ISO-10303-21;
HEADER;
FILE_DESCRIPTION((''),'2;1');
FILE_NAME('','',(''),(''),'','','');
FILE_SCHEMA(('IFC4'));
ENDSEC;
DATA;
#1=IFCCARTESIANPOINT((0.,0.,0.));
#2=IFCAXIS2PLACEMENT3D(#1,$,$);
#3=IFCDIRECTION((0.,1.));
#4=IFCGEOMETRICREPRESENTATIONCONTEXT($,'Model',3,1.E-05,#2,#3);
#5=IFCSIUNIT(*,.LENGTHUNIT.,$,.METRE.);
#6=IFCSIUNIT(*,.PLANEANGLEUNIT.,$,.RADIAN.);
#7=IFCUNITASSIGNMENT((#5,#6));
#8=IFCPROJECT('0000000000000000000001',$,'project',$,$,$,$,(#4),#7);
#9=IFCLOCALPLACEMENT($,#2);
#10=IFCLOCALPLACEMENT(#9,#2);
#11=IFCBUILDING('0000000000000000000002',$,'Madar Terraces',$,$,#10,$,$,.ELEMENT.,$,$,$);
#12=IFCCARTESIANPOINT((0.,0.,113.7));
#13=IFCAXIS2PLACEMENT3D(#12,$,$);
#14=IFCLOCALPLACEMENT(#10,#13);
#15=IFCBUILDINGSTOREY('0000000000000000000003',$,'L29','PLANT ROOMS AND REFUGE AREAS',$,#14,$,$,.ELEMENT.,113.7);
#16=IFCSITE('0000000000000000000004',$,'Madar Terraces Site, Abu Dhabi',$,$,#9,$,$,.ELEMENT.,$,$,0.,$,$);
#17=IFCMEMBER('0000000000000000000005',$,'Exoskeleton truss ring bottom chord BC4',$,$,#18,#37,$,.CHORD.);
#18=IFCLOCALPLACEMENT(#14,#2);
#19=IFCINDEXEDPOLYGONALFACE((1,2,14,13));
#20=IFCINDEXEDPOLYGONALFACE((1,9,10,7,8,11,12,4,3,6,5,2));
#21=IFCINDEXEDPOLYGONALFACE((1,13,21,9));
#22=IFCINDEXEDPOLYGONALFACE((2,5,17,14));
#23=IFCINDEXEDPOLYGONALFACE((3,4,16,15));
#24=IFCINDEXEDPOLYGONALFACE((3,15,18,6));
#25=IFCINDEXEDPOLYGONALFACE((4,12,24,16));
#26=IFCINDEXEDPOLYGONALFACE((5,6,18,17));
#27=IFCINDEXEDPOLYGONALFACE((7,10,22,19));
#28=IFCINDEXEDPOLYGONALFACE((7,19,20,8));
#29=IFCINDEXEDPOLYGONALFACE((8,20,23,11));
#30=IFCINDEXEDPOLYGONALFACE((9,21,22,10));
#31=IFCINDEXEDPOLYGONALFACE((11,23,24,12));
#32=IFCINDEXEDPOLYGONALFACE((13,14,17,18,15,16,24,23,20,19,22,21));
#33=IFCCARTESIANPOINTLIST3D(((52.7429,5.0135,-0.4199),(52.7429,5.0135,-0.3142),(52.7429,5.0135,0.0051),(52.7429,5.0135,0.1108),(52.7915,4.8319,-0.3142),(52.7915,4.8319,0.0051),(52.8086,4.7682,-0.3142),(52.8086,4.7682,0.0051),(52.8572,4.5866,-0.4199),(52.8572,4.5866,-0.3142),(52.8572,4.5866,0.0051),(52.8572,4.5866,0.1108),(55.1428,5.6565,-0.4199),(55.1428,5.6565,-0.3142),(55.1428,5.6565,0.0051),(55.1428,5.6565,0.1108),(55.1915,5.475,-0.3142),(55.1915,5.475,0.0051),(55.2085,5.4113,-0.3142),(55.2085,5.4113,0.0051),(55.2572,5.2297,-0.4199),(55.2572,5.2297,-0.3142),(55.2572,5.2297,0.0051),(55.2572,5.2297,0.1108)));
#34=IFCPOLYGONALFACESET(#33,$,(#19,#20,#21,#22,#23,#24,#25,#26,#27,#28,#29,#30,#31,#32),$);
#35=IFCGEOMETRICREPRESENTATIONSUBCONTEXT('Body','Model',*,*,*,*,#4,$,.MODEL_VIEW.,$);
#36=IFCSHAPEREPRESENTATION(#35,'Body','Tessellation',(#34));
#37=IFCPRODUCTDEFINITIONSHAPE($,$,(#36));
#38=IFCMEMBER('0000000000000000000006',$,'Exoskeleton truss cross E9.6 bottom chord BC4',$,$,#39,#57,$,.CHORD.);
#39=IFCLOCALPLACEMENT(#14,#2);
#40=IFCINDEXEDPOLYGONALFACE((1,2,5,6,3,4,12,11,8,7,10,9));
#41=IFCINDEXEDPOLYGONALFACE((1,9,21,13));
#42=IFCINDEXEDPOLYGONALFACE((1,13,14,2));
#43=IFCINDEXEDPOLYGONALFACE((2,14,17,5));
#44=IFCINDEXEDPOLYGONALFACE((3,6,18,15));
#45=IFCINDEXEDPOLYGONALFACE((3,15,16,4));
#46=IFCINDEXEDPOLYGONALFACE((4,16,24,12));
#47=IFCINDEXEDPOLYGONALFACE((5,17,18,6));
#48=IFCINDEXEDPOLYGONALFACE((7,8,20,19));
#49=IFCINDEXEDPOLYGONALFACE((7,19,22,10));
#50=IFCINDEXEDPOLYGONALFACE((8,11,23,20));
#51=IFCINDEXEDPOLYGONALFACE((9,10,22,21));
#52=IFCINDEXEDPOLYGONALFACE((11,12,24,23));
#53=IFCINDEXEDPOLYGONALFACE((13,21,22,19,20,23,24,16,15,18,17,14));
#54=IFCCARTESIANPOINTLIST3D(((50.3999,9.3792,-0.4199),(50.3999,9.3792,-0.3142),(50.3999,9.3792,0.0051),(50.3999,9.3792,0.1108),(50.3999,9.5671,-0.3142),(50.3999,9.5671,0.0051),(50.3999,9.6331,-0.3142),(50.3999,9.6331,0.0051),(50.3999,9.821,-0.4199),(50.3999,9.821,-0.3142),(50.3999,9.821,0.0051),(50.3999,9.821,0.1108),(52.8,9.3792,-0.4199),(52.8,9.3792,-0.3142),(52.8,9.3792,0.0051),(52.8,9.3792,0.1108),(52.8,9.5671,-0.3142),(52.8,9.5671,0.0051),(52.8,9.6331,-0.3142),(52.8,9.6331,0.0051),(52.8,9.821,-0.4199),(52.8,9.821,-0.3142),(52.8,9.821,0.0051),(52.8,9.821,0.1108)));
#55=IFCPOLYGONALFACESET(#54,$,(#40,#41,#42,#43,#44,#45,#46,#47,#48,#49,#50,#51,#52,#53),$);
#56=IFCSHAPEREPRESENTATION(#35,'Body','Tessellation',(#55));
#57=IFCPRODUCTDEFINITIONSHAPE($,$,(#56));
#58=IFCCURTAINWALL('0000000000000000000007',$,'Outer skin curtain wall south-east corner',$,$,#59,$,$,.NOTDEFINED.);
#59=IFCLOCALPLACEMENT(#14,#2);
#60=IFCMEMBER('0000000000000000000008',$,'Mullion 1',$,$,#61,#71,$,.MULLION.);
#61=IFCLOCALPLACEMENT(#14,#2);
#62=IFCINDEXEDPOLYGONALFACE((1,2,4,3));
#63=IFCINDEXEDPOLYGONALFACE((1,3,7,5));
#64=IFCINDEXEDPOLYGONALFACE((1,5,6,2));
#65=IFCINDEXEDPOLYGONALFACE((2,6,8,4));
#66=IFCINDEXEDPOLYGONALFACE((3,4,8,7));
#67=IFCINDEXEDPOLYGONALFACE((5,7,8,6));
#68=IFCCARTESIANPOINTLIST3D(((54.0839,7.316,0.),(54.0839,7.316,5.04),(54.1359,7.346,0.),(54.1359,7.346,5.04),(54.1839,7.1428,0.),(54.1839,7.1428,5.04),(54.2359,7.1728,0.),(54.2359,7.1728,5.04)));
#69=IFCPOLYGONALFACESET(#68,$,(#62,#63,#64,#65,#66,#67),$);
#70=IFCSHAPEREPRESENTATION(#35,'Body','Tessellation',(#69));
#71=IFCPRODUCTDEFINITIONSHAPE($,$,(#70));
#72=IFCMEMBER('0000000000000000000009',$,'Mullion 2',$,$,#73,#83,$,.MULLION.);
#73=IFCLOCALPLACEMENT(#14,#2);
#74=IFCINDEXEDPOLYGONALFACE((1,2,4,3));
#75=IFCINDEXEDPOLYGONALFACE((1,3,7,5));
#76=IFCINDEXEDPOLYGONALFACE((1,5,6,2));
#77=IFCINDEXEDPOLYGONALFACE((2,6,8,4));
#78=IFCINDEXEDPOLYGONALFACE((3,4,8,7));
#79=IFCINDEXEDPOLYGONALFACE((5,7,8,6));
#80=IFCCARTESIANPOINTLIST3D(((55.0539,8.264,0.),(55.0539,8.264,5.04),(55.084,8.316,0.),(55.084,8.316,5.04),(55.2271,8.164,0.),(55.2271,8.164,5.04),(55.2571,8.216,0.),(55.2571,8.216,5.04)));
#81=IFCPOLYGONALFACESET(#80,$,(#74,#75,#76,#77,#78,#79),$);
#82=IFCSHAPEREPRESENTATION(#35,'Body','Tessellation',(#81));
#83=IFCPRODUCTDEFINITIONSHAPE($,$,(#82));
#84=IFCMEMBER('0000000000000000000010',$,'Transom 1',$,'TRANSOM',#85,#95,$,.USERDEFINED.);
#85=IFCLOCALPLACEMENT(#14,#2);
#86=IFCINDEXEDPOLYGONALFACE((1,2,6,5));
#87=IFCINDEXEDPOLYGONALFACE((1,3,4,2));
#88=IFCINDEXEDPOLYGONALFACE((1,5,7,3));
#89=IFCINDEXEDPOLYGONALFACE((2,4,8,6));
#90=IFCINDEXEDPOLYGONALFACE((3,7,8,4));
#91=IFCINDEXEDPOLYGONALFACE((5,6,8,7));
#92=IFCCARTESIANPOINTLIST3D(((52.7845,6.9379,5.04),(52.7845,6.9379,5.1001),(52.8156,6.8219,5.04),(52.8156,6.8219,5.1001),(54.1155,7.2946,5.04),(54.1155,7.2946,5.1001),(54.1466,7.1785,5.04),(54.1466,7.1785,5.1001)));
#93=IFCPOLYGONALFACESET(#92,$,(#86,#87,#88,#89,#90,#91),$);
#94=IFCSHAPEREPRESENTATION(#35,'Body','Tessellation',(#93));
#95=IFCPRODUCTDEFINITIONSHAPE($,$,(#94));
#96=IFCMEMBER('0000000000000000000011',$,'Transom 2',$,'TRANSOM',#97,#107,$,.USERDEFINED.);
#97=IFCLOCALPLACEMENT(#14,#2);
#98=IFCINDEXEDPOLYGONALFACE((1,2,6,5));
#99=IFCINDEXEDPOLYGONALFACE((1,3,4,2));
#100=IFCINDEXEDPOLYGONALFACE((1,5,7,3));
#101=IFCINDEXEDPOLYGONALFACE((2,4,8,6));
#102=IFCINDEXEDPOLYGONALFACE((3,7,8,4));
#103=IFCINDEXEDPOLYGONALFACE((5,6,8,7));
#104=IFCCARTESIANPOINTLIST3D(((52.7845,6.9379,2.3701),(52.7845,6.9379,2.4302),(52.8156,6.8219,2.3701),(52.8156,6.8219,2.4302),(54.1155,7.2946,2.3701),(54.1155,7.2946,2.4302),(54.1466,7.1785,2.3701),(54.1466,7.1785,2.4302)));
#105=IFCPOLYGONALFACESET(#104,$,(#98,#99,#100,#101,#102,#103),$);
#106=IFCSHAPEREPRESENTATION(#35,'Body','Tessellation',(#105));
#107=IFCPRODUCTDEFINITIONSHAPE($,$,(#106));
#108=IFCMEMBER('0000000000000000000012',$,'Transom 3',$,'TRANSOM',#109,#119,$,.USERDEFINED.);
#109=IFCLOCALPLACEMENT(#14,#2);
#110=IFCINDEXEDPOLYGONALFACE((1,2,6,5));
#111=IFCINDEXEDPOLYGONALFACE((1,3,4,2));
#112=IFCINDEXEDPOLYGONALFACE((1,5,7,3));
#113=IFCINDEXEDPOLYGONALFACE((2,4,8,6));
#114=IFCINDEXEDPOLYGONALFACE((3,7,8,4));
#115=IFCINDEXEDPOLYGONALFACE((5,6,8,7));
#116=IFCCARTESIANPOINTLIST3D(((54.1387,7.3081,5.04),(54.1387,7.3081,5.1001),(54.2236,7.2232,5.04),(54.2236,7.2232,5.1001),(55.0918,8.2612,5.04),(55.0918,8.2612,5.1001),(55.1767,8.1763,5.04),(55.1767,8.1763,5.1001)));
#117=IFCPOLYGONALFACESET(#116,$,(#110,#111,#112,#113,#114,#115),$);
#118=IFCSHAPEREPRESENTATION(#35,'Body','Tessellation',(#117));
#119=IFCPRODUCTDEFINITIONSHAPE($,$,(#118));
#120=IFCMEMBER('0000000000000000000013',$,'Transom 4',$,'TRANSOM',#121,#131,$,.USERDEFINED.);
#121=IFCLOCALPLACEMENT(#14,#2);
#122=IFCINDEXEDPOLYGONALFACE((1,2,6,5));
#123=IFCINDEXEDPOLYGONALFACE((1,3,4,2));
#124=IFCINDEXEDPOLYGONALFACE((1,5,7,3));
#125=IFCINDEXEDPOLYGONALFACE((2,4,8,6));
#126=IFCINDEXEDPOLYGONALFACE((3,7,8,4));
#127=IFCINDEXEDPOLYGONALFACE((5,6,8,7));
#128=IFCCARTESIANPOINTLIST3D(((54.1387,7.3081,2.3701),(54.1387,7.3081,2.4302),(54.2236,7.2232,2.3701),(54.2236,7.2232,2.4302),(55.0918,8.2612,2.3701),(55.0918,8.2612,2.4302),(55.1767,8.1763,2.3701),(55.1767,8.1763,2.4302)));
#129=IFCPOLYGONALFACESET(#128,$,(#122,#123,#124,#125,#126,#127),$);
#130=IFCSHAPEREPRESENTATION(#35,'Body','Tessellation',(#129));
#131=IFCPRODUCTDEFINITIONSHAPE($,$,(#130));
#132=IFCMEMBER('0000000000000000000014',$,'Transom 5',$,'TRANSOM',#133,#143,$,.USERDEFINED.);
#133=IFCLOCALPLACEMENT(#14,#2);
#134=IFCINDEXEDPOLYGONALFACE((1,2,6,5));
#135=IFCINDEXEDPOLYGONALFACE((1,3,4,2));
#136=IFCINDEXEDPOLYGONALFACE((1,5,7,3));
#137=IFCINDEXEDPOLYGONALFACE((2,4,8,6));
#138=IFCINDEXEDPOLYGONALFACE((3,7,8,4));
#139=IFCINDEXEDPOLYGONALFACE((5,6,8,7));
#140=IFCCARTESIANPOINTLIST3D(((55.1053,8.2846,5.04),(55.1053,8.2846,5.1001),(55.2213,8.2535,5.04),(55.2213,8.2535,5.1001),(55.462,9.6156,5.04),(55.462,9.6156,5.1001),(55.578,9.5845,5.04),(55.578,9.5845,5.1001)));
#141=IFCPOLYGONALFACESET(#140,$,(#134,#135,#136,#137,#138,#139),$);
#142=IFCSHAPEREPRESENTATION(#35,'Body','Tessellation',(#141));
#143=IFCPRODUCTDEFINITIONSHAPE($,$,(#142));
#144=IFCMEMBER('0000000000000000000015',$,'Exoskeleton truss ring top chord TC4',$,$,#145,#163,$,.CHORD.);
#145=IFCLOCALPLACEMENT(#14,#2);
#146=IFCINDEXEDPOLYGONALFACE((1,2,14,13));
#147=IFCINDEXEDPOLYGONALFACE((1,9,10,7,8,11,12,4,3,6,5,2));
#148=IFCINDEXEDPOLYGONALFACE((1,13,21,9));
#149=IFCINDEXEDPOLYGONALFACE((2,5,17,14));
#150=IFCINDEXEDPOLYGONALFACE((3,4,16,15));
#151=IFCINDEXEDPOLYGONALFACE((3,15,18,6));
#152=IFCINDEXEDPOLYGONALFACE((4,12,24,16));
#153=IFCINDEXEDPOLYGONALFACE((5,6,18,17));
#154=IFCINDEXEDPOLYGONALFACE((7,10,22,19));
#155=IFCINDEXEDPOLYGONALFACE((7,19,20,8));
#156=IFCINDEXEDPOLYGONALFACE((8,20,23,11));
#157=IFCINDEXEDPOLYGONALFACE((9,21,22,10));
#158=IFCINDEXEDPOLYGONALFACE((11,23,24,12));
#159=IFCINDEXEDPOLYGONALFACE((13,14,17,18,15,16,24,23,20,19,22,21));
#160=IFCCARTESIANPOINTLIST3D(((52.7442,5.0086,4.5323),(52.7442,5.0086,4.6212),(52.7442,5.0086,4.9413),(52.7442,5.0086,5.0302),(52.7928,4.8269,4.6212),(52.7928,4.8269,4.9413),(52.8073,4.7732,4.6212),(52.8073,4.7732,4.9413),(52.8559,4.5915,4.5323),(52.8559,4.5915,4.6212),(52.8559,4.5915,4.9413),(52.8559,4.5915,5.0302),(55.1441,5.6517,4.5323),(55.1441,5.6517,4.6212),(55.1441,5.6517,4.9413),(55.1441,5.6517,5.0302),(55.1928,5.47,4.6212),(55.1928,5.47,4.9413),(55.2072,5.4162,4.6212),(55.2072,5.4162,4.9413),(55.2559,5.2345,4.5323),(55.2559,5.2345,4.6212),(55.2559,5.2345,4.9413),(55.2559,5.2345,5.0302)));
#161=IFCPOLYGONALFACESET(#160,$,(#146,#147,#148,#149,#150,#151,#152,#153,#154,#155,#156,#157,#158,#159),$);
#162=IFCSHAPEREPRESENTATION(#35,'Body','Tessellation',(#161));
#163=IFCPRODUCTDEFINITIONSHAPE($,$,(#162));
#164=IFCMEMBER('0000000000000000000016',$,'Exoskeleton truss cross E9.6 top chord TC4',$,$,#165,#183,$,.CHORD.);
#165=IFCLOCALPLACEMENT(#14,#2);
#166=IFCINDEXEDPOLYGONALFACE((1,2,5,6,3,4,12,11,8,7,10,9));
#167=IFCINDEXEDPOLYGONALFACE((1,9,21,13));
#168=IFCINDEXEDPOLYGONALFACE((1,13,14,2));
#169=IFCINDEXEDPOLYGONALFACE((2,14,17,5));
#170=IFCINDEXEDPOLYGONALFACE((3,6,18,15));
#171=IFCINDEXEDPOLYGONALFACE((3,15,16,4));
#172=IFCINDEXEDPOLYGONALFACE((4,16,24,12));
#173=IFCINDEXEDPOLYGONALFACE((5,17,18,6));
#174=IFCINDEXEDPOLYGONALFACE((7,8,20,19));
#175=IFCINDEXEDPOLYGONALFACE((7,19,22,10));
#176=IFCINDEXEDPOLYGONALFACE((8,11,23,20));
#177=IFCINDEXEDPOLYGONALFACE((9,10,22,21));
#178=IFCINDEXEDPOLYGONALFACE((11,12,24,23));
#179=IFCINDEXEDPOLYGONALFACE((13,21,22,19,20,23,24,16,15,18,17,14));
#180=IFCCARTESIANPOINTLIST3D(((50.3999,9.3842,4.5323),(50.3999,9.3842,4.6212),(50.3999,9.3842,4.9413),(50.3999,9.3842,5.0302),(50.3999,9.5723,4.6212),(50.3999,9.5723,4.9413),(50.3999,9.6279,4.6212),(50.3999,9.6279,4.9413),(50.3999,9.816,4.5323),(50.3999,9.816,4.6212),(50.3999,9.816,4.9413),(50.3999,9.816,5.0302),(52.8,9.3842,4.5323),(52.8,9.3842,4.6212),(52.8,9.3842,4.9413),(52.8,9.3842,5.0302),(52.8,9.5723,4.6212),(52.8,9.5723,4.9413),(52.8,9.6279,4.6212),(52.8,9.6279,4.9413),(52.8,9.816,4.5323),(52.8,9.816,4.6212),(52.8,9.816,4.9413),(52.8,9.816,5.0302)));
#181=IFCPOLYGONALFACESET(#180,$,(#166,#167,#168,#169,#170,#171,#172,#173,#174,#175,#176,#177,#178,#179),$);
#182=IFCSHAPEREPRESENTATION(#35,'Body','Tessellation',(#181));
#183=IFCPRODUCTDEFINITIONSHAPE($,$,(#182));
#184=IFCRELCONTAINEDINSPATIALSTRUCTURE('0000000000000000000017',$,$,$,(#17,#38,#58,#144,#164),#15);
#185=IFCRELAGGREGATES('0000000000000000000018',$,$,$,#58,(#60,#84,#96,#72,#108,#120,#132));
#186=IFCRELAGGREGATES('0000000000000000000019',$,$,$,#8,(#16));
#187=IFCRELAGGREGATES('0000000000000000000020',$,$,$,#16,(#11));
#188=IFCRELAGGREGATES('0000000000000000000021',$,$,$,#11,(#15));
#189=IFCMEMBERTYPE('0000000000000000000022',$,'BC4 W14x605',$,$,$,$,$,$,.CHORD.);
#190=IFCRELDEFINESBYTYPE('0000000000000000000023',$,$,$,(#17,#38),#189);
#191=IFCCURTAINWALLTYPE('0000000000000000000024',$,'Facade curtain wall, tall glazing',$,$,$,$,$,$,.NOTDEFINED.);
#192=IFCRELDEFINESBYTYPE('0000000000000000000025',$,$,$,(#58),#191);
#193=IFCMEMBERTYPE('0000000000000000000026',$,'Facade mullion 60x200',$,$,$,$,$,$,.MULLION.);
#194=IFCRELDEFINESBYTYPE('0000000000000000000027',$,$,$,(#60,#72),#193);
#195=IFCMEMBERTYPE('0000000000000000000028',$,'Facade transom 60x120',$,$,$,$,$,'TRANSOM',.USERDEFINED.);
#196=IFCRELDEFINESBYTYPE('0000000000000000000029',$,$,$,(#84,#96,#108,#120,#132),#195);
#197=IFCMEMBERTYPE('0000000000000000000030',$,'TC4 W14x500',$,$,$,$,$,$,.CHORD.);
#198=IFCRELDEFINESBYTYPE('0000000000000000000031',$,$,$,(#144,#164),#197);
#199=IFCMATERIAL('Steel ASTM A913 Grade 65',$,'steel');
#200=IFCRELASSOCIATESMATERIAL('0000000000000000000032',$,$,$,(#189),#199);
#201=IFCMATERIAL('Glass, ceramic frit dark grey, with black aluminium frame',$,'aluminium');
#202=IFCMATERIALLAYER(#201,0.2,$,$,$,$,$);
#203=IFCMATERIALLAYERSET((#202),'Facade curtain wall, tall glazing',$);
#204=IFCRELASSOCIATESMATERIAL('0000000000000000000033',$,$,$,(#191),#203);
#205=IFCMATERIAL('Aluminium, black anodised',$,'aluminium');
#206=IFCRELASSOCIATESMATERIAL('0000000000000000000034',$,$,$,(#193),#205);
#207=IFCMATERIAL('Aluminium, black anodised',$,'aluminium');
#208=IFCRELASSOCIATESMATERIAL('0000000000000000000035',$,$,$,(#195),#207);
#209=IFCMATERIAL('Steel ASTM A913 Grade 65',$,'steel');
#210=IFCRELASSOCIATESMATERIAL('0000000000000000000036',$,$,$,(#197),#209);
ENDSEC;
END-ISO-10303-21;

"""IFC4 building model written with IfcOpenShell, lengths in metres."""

from ifc_helpers import new_model, si_unit, direction, frame, origin, origin_2d, place, context, subcontext, project, spatial, rectangle, i_section, extrude, material, layer, layer_set, material_profile, profile_set, type_object, element, aggregate, save


model = new_model("IFC4")

# Units and contexts
model_context = context("Model", 3, precision=1e-05, world=origin(), true_north=direction((0.0, 1.0)))
body_context = subcontext(model_context, "Body", "Model", "MODEL_VIEW")
ifc_project = project(units=[si_unit("LENGTHUNIT", "METRE"), si_unit("PLANEANGLEUNIT", "RADIAN")], contexts=[model_context])

# Site, building, storey
site_placement = place(None, origin())
site = spatial("IfcSite", under=ifc_project, at=site_placement, Name="Madar Terraces Site, Abu Dhabi", CompositionType="ELEMENT", RefElevation=0.0)
building_placement = place(site_placement, origin())
building = spatial("IfcBuilding", under=site, at=building_placement, Name="Madar Terraces", CompositionType="ELEMENT")
storey_placement = place(building_placement, frame((0.0, 0.0, 113.7)))
storey = spatial("IfcBuildingStorey", under=building, at=storey_placement, Name="L29", Description="PLANT ROOMS AND REFUGE AREAS", CompositionType="ELEMENT", Elevation=113.7)

# Members
ifc_material_1 = material(Name="Steel ASTM A913 Grade 65", Category="steel")
ifc_material_profile_1 = material_profile(ifc_material_1, i_section(OverallWidth=0.4419, OverallDepth=0.5308, WebThickness=0.0659, FlangeThickness=0.1057, at=origin_2d()), Name="W14x605")
ifc_profile_set_1 = profile_set([ifc_material_profile_1], Name="Steel ASTM A913 Grade 65")
member_type_1 = type_object("IfcMemberType", Name="BC4 W14x605", PredefinedType="CHORD", material=ifc_profile_set_1)
member_1_placement = place(storey_placement, frame((52.8, 4.8, -0.1545), z_axis=(0.965924, 0.258824, 0.0), x_axis=(-0.258824, 0.965924, 0.0)))
element("IfcMember", 1, at=member_1_placement, inside=storey, type_object=member_type_1, Name="Exoskeleton truss ring bottom chord BC4", PredefinedType="CHORD", context=body_context, shape_type="SweptSolid", body=[
    extrude(i_section(OverallWidth=0.4419, OverallDepth=0.5308, WebThickness=0.0659, FlangeThickness=0.1057, at=origin_2d()), origin(), (0.0, 0.0, 1.0), 2.4846),
])
member_2_placement = place(storey_placement, frame((52.8, 9.6001, -0.1545), z_axis=(-1.0, 0.0, 0.0), x_axis=(0.0, -1.0, 0.0)))
element("IfcMember", 2, at=member_2_placement, inside=storey, type_object=member_type_1, Name="Exoskeleton truss cross E9.6 bottom chord BC4", PredefinedType="CHORD", context=body_context, shape_type="SweptSolid", body=[
    extrude(i_section(OverallWidth=0.4419, OverallDepth=0.5308, WebThickness=0.0659, FlangeThickness=0.1057, at=origin_2d()), origin(), (0.0, 0.0, 1.0), 2.4001),
])

# Curtain wall, members
ifc_material_2 = material(Name="Glass, ceramic frit dark grey, with black aluminium frame", Category="aluminium")
ifc_layer_1 = layer(ifc_material_2, 0.2)
ifc_layer_set_1 = layer_set([ifc_layer_1], Name="Facade curtain wall, tall glazing")
curtain_wall_type = type_object("IfcCurtainWallType", Name="Facade curtain wall, tall glazing", PredefinedType="NOTDEFINED", material=ifc_layer_set_1)
curtain_wall_placement = place(storey_placement, origin())
curtain_wall = element("IfcCurtainWall", 3, at=curtain_wall_placement, inside=storey, type_object=curtain_wall_type, Name="Outer skin curtain wall south-east corner", PredefinedType="NOTDEFINED")
ifc_material_3 = material(Name="Aluminium, black anodised", Category="aluminium")
ifc_material_profile_2 = material_profile(ifc_material_3, rectangle(XDim=0.2, YDim=0.0601, at=origin_2d()), Name="Facade mullion 60x200")
ifc_profile_set_2 = profile_set([ifc_material_profile_2], Name="Aluminium, black anodised")
member_type_2 = type_object("IfcMemberType", Name="Facade mullion 60x200", PredefinedType="MULLION", material=ifc_profile_set_2)
member_3_placement = place(storey_placement, frame((54.1599, 7.2444, 0.0), z_axis=(0.0, 0.0, 1.0), x_axis=(-0.5, 0.866025, 0.0)))
member_3 = element("IfcMember", 4, at=member_3_placement, type_object=member_type_2, Name="Mullion 1", PredefinedType="MULLION", context=body_context, shape_type="SweptSolid", body=[
    extrude(rectangle(XDim=0.2, YDim=0.0601, at=origin_2d()), origin(), (0.0, 0.0, 1.0), 5.04),
])
member_4_placement = place(storey_placement, frame((55.1555, 8.24, 0.0), z_axis=(0.0, 0.0, 1.0), x_axis=(-0.866025, 0.5, 0.0)))
member_4 = element("IfcMember", 5, at=member_4_placement, type_object=member_type_2, Name="Mullion 2", PredefinedType="MULLION", context=body_context, shape_type="SweptSolid", body=[
    extrude(rectangle(XDim=0.2, YDim=0.0601, at=origin_2d()), origin(), (0.0, 0.0, 1.0), 5.04),
])
ifc_material_4 = material(Name="Aluminium, black anodised", Category="aluminium")
ifc_material_profile_3 = material_profile(ifc_material_4, rectangle(XDim=0.1201, YDim=0.0601, at=origin_2d()), Name="Facade transom 60x120")
ifc_profile_set_3 = profile_set([ifc_material_profile_3], Name="Aluminium, black anodised")
member_type_3 = type_object("IfcMemberType", Name="Facade transom 60x120", ElementType="TRANSOM", PredefinedType="USERDEFINED", material=ifc_profile_set_3)
member_5_placement = place(storey_placement, frame((52.8, 6.8799, 5.0701), z_axis=(0.96592, 0.258842, 0.0), x_axis=(-0.258842, 0.96592, 0.0)))
member_5 = element("IfcMember", 6, at=member_5_placement, type_object=member_type_3, Name="Transom 1", ObjectType="TRANSOM", PredefinedType="USERDEFINED", context=body_context, shape_type="SweptSolid", body=[
    extrude(rectangle(XDim=0.1201, YDim=0.0601, at=origin_2d()), origin(), (0.0, 0.0, 1.0), 1.3779),
])
member_6_placement = place(storey_placement, frame((52.8, 6.8799, 2.4001), z_axis=(0.96592, 0.258842, 0.0), x_axis=(-0.258842, 0.96592, 0.0)))
member_6 = element("IfcMember", 7, at=member_6_placement, type_object=member_type_3, Name="Transom 2", ObjectType="TRANSOM", PredefinedType="USERDEFINED", context=body_context, shape_type="SweptSolid", body=[
    extrude(rectangle(XDim=0.1201, YDim=0.0601, at=origin_2d()), origin(), (0.0, 0.0, 1.0), 1.3779),
])
member_7_placement = place(storey_placement, frame((54.1812, 7.2656, 5.0701), z_axis=(0.707107, 0.707107, 0.0), x_axis=(-0.707107, 0.707107, 0.0)))
member_7 = element("IfcMember", 8, at=member_7_placement, type_object=member_type_3, Name="Transom 3", ObjectType="TRANSOM", PredefinedType="USERDEFINED", context=body_context, shape_type="SweptSolid", body=[
    extrude(rectangle(XDim=0.1201, YDim=0.0601, at=origin_2d()), origin(), (0.0, 0.0, 1.0), 1.3479),
])
member_8_placement = place(storey_placement, frame((54.1812, 7.2656, 2.4001), z_axis=(0.707107, 0.707107, 0.0), x_axis=(-0.707107, 0.707107, 0.0)))
member_8 = element("IfcMember", 9, at=member_8_placement, type_object=member_type_3, Name="Transom 4", ObjectType="TRANSOM", PredefinedType="USERDEFINED", context=body_context, shape_type="SweptSolid", body=[
    extrude(rectangle(XDim=0.1201, YDim=0.0601, at=origin_2d()), origin(), (0.0, 0.0, 1.0), 1.3479),
])
member_9_placement = place(storey_placement, frame((55.1633, 8.269, 5.0701), z_axis=(0.258842, 0.96592, 0.0), x_axis=(-0.96592, 0.258842, 0.0)))
member_9 = element("IfcMember", 10, at=member_9_placement, type_object=member_type_3, Name="Transom 5", ObjectType="TRANSOM", PredefinedType="USERDEFINED", context=body_context, shape_type="SweptSolid", body=[
    extrude(rectangle(XDim=0.1201, YDim=0.0601, at=origin_2d()), origin(), (0.0, 0.0, 1.0), 1.3779),
])

# Members
ifc_material_5 = material(Name="Steel ASTM A913 Grade 65", Category="steel")
ifc_material_profile_4 = material_profile(ifc_material_5, i_section(OverallWidth=0.4319, OverallDepth=0.4978, WebThickness=0.0557, FlangeThickness=0.0889, at=origin_2d()), Name="W14x500")
ifc_profile_set_4 = profile_set([ifc_material_profile_4], Name="Steel ASTM A913 Grade 65")
member_type_4 = type_object("IfcMemberType", Name="TC4 W14x500", PredefinedType="CHORD", material=ifc_profile_set_4)
member_10_placement = place(storey_placement, frame((52.8, 4.8, 4.7812), z_axis=(0.965924, 0.258824, 0.0), x_axis=(-0.258824, 0.965924, 0.0)))
element("IfcMember", 11, at=member_10_placement, inside=storey, type_object=member_type_4, Name="Exoskeleton truss ring top chord TC4", PredefinedType="CHORD", context=body_context, shape_type="SweptSolid", body=[
    extrude(i_section(OverallWidth=0.4319, OverallDepth=0.4978, WebThickness=0.0557, FlangeThickness=0.0889, at=origin_2d()), origin(), (0.0, 0.0, 1.0), 2.4846),
])
member_11_placement = place(storey_placement, frame((52.8, 9.6001, 4.7812), z_axis=(-1.0, 0.0, 0.0), x_axis=(0.0, -1.0, 0.0)))
element("IfcMember", 12, at=member_11_placement, inside=storey, type_object=member_type_4, Name="Exoskeleton truss cross E9.6 top chord TC4", PredefinedType="CHORD", context=body_context, shape_type="SweptSolid", body=[
    extrude(i_section(OverallWidth=0.4319, OverallDepth=0.4978, WebThickness=0.0557, FlangeThickness=0.0889, at=origin_2d()), origin(), (0.0, 0.0, 1.0), 2.4001),
])

aggregate(curtain_wall, [member_3, member_5, member_6, member_4, member_7, member_8, member_9])

save(model, "model.ifc")
